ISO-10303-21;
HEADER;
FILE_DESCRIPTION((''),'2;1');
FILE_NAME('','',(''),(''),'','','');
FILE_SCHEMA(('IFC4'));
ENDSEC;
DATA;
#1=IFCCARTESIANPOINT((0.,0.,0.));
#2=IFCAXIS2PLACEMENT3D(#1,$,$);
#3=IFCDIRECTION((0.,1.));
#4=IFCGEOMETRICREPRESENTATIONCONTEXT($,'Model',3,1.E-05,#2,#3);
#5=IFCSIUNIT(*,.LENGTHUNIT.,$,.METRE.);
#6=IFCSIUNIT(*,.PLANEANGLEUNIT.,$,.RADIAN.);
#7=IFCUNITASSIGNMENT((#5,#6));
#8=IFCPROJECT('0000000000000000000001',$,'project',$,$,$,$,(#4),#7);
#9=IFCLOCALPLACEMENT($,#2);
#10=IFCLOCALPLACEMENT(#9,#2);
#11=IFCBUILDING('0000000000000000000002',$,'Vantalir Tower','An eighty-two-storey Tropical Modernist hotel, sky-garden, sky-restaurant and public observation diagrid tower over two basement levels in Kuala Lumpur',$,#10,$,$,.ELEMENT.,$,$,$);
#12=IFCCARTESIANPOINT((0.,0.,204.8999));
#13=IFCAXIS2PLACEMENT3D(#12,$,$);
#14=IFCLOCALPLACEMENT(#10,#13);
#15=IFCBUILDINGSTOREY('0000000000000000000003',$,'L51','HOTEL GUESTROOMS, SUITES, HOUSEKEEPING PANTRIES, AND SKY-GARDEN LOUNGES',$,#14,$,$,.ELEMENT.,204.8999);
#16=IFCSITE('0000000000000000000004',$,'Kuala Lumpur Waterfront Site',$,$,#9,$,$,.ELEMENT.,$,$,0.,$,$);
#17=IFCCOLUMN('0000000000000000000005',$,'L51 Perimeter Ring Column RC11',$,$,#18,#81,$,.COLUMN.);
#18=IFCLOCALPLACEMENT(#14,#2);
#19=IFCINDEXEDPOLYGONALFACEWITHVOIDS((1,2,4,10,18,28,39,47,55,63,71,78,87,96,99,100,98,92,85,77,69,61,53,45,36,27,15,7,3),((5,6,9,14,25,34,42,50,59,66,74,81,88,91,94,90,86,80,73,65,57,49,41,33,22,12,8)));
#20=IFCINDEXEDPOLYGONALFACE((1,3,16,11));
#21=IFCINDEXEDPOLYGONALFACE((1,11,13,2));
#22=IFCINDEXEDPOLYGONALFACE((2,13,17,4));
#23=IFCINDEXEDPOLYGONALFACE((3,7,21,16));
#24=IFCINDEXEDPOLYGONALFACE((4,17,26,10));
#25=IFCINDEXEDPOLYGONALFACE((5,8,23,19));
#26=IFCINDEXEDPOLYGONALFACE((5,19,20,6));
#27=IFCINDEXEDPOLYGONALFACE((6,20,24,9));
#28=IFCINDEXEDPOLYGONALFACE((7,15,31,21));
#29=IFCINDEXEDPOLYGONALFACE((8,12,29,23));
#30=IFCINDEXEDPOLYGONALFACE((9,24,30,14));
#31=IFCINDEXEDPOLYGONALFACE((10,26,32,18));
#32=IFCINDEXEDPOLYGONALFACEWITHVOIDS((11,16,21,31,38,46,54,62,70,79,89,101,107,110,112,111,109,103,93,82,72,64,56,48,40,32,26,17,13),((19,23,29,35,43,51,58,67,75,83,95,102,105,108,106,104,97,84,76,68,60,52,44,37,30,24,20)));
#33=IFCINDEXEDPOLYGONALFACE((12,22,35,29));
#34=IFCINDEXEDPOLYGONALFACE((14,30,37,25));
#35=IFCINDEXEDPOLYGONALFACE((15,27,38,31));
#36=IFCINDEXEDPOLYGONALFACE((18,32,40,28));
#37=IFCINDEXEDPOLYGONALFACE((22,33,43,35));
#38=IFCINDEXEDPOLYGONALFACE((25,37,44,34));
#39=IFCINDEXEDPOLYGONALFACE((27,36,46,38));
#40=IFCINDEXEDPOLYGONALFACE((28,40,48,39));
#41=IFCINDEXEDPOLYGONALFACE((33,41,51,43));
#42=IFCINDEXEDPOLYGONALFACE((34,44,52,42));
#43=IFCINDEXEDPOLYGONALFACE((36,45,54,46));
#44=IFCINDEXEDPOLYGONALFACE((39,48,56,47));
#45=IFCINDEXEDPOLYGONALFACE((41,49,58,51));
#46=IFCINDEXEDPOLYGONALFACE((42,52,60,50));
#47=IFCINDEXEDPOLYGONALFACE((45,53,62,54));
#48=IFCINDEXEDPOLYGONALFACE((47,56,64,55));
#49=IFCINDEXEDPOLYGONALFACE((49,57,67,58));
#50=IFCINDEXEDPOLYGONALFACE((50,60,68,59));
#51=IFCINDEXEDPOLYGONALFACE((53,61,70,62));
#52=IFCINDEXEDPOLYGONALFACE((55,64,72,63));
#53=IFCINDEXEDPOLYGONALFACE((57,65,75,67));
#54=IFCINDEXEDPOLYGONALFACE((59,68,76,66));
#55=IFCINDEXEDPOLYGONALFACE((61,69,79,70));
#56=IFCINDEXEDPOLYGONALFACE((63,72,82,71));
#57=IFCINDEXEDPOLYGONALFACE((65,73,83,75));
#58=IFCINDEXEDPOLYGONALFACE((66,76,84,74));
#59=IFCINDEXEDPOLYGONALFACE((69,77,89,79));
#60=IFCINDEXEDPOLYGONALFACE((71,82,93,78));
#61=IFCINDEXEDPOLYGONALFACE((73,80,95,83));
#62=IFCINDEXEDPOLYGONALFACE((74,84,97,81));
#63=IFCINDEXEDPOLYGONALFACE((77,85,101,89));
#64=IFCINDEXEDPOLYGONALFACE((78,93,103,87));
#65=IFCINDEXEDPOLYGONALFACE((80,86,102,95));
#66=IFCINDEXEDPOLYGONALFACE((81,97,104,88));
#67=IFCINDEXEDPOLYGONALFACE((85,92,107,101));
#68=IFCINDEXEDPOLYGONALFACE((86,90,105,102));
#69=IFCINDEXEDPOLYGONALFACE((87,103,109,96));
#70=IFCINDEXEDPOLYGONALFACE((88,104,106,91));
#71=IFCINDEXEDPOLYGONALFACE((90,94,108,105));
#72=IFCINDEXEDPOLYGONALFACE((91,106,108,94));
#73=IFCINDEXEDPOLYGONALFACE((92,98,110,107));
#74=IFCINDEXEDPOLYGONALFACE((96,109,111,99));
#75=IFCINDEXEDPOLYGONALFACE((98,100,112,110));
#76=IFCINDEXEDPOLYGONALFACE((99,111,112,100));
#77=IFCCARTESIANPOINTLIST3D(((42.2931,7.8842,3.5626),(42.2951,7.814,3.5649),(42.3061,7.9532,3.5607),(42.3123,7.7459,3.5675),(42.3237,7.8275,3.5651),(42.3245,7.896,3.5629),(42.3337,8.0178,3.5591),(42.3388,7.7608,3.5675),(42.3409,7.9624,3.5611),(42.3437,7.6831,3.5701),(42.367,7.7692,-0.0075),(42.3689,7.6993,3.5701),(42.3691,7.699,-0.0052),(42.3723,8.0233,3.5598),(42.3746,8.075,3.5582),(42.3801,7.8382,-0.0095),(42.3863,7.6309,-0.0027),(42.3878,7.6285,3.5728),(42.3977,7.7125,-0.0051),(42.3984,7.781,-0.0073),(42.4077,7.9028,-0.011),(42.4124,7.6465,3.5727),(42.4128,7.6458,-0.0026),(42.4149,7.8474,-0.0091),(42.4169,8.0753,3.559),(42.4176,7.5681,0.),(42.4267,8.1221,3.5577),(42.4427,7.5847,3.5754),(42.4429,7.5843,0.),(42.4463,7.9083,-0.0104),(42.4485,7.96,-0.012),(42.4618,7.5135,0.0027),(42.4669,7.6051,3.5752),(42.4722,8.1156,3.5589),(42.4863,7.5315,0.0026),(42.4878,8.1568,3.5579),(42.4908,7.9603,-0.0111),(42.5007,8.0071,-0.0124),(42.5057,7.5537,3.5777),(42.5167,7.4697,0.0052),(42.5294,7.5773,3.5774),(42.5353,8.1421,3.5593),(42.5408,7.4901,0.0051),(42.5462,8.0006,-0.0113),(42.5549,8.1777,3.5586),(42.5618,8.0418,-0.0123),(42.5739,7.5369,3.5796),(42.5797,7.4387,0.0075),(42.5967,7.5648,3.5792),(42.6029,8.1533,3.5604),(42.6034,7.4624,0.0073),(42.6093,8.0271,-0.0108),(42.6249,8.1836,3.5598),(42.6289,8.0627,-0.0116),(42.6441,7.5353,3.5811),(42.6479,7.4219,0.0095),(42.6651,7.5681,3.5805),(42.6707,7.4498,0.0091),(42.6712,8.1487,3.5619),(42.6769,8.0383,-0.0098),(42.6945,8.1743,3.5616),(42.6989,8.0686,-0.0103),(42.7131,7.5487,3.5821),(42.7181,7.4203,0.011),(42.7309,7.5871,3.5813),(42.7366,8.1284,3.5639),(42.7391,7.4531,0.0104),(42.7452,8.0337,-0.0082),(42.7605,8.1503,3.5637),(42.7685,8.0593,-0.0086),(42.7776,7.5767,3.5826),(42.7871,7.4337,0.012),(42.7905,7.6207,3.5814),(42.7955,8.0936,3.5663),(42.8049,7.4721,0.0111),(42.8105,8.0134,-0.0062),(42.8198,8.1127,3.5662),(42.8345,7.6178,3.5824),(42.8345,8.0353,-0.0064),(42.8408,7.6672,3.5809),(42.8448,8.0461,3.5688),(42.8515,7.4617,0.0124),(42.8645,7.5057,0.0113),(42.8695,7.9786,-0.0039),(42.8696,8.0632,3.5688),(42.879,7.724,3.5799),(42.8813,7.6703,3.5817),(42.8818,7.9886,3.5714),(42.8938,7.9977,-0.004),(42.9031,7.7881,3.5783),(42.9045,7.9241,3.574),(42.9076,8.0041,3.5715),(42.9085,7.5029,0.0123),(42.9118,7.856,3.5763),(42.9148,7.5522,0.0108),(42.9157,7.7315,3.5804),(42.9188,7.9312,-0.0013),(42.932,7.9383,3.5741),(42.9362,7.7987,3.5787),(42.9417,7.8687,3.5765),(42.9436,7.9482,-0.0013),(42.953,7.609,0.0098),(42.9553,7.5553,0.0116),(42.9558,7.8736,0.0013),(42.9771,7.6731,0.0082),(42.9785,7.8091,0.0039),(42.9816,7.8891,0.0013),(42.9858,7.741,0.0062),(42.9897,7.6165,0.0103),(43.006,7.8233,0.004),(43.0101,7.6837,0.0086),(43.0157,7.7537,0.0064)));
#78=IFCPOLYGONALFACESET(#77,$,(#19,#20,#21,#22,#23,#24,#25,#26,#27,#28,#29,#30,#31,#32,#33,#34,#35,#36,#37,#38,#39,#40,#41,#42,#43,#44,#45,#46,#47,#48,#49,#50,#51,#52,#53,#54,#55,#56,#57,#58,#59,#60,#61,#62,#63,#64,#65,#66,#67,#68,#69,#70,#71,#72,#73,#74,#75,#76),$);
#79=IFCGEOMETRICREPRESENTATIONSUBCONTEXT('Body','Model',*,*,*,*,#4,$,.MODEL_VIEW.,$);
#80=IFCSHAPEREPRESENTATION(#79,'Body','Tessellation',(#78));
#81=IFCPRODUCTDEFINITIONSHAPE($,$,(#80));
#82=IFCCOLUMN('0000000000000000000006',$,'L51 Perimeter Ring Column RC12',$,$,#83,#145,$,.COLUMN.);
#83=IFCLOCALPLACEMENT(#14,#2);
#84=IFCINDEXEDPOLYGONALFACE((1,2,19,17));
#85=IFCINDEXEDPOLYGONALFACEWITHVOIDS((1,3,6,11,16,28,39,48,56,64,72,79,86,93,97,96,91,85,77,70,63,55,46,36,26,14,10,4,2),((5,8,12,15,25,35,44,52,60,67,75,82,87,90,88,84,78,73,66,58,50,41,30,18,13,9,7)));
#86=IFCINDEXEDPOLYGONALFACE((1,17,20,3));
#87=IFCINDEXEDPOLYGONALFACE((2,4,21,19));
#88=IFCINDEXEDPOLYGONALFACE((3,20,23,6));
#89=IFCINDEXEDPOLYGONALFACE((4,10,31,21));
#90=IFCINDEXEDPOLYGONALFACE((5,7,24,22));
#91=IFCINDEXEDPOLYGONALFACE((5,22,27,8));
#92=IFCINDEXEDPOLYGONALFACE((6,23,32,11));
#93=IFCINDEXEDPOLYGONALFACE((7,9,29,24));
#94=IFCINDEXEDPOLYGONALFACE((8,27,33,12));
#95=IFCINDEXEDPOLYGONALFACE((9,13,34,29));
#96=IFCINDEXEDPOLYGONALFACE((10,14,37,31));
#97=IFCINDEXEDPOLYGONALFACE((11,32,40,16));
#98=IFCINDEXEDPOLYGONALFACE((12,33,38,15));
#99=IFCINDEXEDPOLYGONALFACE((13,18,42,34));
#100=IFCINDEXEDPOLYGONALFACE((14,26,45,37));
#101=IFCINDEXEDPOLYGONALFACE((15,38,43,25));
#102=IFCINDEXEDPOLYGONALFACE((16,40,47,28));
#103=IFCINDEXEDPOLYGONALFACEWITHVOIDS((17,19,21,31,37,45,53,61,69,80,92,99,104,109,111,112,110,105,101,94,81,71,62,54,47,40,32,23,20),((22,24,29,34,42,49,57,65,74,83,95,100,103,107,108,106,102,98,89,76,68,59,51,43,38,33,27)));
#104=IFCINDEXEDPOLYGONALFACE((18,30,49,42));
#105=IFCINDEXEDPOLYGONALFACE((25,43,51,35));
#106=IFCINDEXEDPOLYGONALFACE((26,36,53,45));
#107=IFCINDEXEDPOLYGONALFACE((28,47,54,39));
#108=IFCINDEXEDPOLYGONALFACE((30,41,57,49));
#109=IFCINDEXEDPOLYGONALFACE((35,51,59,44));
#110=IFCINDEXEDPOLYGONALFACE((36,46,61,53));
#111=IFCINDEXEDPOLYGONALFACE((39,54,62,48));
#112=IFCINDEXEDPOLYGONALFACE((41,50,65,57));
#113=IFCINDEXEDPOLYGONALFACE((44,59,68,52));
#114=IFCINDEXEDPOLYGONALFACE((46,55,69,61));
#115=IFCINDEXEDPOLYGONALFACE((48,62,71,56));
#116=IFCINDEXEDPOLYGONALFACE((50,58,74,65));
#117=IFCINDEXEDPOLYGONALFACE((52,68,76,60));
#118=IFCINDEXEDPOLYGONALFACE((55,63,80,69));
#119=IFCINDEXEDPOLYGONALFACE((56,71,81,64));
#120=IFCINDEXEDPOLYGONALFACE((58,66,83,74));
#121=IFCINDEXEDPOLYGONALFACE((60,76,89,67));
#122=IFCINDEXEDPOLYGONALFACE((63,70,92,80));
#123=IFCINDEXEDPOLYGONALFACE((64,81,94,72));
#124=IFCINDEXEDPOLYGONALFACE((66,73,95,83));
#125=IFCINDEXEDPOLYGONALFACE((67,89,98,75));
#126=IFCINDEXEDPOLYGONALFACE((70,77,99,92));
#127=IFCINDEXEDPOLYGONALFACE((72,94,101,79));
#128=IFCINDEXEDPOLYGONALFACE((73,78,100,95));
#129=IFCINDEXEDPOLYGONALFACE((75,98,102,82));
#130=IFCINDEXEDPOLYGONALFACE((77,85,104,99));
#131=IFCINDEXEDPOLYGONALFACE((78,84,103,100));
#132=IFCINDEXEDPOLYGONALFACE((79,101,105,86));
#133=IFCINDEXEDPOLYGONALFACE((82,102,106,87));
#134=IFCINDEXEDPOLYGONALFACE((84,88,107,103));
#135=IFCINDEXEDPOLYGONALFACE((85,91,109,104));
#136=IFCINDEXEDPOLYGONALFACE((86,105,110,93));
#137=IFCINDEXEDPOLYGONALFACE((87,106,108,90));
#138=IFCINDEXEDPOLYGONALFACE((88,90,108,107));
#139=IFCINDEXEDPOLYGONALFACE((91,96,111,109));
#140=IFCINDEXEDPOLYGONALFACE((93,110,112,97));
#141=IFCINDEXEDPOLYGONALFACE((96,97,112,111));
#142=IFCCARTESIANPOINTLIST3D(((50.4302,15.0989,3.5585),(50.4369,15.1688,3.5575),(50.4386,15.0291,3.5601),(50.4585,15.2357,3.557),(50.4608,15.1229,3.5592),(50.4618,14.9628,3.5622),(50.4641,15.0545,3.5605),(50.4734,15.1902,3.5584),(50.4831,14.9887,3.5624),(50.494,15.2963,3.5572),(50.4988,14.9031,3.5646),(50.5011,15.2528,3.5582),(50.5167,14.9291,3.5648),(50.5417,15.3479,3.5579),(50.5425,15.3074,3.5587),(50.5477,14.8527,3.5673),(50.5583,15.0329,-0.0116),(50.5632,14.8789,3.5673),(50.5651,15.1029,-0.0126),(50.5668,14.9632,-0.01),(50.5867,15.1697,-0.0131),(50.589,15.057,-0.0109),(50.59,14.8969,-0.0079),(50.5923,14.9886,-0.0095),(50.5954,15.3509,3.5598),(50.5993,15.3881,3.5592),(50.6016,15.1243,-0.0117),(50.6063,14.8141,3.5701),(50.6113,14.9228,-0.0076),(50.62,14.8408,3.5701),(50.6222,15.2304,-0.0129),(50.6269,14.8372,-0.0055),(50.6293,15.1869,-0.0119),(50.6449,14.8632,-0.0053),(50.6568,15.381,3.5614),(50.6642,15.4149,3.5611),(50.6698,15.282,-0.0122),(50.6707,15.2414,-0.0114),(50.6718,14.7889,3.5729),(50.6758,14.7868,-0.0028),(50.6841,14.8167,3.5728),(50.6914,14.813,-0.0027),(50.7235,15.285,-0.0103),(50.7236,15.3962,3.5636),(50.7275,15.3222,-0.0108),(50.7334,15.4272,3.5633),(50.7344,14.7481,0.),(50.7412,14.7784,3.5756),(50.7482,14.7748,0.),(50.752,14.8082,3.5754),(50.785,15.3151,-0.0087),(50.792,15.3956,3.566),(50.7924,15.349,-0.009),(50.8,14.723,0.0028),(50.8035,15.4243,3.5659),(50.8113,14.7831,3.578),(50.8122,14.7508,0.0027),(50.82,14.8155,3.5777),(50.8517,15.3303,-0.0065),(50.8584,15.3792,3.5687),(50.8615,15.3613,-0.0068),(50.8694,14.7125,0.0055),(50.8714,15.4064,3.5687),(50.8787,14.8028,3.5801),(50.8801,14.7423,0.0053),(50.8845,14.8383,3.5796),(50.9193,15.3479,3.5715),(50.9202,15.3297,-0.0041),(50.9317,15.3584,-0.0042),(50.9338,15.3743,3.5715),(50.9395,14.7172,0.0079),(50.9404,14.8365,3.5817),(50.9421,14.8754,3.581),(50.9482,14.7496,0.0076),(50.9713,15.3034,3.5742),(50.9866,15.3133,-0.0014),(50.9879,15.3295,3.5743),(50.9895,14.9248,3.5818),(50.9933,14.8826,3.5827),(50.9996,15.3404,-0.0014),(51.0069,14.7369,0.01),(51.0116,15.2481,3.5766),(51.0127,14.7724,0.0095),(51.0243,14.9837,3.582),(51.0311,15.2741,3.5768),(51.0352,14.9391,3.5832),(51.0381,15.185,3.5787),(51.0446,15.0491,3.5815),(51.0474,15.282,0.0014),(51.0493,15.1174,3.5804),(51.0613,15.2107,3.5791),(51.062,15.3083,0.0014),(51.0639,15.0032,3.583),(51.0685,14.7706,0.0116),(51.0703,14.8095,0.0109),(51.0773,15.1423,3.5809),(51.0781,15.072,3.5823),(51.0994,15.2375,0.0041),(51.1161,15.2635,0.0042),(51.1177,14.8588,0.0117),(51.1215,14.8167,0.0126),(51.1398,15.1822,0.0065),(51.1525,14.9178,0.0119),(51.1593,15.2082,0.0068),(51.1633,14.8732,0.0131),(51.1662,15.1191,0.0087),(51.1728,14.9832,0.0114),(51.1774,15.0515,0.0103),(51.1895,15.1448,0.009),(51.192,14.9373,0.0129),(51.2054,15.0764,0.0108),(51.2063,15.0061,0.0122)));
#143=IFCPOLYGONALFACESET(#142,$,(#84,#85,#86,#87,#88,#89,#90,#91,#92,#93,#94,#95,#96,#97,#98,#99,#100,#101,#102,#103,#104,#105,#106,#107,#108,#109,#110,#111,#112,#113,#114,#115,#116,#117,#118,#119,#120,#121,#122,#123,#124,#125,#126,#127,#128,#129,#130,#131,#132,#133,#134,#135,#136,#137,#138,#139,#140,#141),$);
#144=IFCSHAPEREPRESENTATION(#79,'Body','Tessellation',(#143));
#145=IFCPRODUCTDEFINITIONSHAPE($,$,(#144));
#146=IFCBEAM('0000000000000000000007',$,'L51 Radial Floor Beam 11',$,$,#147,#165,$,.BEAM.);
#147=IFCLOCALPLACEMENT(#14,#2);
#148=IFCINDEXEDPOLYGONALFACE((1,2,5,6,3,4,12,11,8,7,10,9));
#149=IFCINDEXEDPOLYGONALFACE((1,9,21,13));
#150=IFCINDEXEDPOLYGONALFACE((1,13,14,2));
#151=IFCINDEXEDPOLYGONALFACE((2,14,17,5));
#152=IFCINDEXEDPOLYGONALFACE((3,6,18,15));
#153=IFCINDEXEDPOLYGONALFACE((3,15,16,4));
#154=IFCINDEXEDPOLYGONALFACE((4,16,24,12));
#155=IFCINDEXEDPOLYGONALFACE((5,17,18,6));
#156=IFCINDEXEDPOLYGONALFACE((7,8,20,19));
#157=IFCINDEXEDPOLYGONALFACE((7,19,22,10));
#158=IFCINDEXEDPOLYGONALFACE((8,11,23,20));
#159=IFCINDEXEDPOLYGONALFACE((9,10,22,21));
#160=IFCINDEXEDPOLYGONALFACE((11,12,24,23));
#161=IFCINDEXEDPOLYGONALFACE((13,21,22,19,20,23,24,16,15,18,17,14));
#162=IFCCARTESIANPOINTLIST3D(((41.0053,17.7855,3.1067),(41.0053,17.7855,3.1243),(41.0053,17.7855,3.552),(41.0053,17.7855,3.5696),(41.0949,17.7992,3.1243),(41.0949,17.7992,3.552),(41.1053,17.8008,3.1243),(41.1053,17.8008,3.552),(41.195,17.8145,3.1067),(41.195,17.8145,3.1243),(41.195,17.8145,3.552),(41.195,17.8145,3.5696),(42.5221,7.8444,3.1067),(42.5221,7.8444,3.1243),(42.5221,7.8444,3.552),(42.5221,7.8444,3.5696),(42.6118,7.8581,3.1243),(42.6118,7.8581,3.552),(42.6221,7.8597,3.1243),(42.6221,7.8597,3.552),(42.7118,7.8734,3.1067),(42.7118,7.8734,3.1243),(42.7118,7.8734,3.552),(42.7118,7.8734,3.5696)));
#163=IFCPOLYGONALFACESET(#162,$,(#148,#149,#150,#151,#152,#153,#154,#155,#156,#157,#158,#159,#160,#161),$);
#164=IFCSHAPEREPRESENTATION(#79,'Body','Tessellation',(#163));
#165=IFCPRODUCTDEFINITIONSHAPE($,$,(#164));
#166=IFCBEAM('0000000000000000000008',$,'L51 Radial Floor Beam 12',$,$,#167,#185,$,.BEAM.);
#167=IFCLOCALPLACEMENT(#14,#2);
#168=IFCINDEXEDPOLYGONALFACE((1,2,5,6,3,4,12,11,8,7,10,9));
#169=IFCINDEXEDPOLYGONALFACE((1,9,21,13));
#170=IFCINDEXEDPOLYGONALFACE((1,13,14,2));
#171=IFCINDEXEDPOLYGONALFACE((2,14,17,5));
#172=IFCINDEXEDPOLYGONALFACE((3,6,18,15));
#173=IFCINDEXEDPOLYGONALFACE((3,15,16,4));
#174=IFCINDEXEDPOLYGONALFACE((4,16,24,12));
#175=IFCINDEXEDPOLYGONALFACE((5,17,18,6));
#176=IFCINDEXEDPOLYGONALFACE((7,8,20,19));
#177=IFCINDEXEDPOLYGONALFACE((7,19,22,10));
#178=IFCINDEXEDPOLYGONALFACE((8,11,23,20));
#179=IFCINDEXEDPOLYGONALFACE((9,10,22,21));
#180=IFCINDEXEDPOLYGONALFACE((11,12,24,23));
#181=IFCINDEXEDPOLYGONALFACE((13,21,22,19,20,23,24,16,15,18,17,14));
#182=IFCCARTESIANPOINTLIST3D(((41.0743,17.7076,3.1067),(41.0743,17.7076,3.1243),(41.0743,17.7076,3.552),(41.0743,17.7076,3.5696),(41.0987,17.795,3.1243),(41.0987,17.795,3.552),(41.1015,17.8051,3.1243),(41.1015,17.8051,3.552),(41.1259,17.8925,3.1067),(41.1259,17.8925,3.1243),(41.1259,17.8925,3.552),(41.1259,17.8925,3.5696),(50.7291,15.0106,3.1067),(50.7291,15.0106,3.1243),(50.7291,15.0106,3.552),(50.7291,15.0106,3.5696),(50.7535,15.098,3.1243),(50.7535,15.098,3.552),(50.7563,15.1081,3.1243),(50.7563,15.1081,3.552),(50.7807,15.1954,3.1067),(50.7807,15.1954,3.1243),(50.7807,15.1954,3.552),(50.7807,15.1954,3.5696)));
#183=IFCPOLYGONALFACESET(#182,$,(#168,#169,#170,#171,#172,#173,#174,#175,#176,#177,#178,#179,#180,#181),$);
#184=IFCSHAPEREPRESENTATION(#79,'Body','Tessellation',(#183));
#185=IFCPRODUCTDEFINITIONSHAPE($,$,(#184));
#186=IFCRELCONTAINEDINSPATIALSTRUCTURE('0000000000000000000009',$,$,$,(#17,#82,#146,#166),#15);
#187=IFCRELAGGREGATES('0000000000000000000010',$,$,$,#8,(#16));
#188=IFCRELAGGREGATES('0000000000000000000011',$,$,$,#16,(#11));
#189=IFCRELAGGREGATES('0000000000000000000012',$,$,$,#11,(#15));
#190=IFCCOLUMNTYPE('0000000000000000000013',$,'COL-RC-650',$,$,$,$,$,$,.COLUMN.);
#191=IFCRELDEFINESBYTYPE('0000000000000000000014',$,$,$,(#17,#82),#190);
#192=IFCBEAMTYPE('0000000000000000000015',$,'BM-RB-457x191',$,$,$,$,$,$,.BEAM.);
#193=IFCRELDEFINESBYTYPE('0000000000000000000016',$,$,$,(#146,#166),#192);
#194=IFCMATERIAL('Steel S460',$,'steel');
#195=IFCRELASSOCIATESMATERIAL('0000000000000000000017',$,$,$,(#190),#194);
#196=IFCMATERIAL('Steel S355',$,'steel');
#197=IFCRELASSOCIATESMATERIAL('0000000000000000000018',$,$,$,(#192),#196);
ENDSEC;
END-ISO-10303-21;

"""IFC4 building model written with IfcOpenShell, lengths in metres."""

from ifc_helpers import new_model, si_unit, direction, frame, origin, origin_2d, place, context, subcontext, project, spatial, hollow_circle, i_section, extrude, material, material_profile, profile_set, type_object, element, save


model = new_model("IFC4")

# Units and contexts
model_context = context("Model", 3, precision=1e-05, world=origin(), true_north=direction((0.0, 1.0)))
body_context = subcontext(model_context, "Body", "Model", "MODEL_VIEW")
ifc_project = project(units=[si_unit("LENGTHUNIT", "METRE"), si_unit("PLANEANGLEUNIT", "RADIAN")], contexts=[model_context])

# Site, building, storey
site_placement = place(None, origin())
site = spatial("IfcSite", under=ifc_project, at=site_placement, Name="Kuala Lumpur Waterfront Site", CompositionType="ELEMENT", RefElevation=0.0)
building_placement = place(site_placement, origin())
building = spatial("IfcBuilding", under=site, at=building_placement, Name="Vantalir Tower", Description="An eighty-two-storey Tropical Modernist hotel, sky-garden, sky-restaurant and public observation diagrid tower over two basement levels in Kuala Lumpur", CompositionType="ELEMENT")
storey_placement = place(building_placement, frame((0.0, 0.0, 204.8999)))
storey = spatial("IfcBuildingStorey", under=building, at=storey_placement, Name="L51", Description="HOTEL GUESTROOMS, SUITES, HOUSEKEEPING PANTRIES, AND SKY-GARDEN LOUNGES", CompositionType="ELEMENT", Elevation=204.8999)

# Columns
ifc_material_1 = material(Name="Steel S460", Category="steel")
ifc_material_profile_1 = material_profile(ifc_material_1, hollow_circle(Radius=0.325, WallThickness=0.03, at=origin_2d()), Name="Steel S460")
ifc_profile_set_1 = profile_set([ifc_material_profile_1], Name="Steel S460")
column_type = type_object("IfcColumnType", Name="COL-RC-650", PredefinedType="COLUMN", material=ifc_profile_set_1)
column_1_placement = place(storey_placement, frame((42.6909, 7.7439, 0.0), z_axis=(-0.020706, 0.032186, 0.999267), x_axis=(-0.841004, -0.541028, 0.0)))
element("IfcColumn", 1, at=column_1_placement, inside=storey, type_object=column_type, Name="L51 Perimeter Ring Column RC11", PredefinedType="COLUMN", context=body_context, shape_type="SweptSolid", body=[
    extrude(hollow_circle(Radius=0.325, WallThickness=0.03, at=origin_2d()), origin(), (0.0, 0.0, 1.0), 3.5728),
])
column_2_placement = place(storey_placement, frame((50.8831, 15.0371, 0.0), z_axis=(-0.035873, 0.018449, 0.999186), x_axis=(-0.457348, -0.889288, 0.0)))
element("IfcColumn", 2, at=column_2_placement, inside=storey, type_object=column_type, Name="L51 Perimeter Ring Column RC12", PredefinedType="COLUMN", context=body_context, shape_type="SweptSolid", body=[
    extrude(hollow_circle(Radius=0.325, WallThickness=0.03, at=origin_2d()), origin(), (0.0, 0.0, 1.0), 3.573),
])

# Beams
ifc_material_2 = material(Name="Steel S355", Category="steel")
ifc_material_profile_2 = material_profile(ifc_material_2, i_section(OverallWidth=0.1919, OverallDepth=0.4629, WebThickness=0.0105, FlangeThickness=0.0176, at=origin_2d()), Name="Steel S355")
ifc_profile_set_2 = profile_set([ifc_material_profile_2], Name="Steel S355")
beam_type_1 = type_object("IfcBeamType", Name="BM-RB-457x191", PredefinedType="BEAM", material=ifc_profile_set_2)
beam_1_placement = place(storey_placement, frame((42.6169, 7.8589, 3.3381), z_axis=(-0.150837, 0.988559, 0.0), x_axis=(-0.988559, -0.150837, 0.0)))
element("IfcBeam", 3, at=beam_1_placement, inside=storey, type_object=beam_type_1, Name="L51 Radial Floor Beam 11", PredefinedType="BEAM", context=body_context, shape_type="SweptSolid", body=[
    extrude(i_section(OverallWidth=0.1919, OverallDepth=0.4629, WebThickness=0.0105, FlangeThickness=0.0176, at=origin_2d()), origin(), (0.0, 0.0, 1.0), 10.0562),
])
beam_2_placement = place(storey_placement, frame((50.7549, 15.103, 3.3381), z_axis=(-0.963127, 0.269045, 0.0), x_axis=(-0.269045, -0.963127, 0.0)))
element("IfcBeam", 4, at=beam_2_placement, inside=storey, type_object=beam_type_1, Name="L51 Radial Floor Beam 12", PredefinedType="BEAM", context=body_context, shape_type="SweptSolid", body=[
    extrude(i_section(OverallWidth=0.1919, OverallDepth=0.4629, WebThickness=0.0105, FlangeThickness=0.0176, at=origin_2d()), origin(), (0.0, 0.0, 1.0), 10.0244),
])

save(model, "model.ifc")
